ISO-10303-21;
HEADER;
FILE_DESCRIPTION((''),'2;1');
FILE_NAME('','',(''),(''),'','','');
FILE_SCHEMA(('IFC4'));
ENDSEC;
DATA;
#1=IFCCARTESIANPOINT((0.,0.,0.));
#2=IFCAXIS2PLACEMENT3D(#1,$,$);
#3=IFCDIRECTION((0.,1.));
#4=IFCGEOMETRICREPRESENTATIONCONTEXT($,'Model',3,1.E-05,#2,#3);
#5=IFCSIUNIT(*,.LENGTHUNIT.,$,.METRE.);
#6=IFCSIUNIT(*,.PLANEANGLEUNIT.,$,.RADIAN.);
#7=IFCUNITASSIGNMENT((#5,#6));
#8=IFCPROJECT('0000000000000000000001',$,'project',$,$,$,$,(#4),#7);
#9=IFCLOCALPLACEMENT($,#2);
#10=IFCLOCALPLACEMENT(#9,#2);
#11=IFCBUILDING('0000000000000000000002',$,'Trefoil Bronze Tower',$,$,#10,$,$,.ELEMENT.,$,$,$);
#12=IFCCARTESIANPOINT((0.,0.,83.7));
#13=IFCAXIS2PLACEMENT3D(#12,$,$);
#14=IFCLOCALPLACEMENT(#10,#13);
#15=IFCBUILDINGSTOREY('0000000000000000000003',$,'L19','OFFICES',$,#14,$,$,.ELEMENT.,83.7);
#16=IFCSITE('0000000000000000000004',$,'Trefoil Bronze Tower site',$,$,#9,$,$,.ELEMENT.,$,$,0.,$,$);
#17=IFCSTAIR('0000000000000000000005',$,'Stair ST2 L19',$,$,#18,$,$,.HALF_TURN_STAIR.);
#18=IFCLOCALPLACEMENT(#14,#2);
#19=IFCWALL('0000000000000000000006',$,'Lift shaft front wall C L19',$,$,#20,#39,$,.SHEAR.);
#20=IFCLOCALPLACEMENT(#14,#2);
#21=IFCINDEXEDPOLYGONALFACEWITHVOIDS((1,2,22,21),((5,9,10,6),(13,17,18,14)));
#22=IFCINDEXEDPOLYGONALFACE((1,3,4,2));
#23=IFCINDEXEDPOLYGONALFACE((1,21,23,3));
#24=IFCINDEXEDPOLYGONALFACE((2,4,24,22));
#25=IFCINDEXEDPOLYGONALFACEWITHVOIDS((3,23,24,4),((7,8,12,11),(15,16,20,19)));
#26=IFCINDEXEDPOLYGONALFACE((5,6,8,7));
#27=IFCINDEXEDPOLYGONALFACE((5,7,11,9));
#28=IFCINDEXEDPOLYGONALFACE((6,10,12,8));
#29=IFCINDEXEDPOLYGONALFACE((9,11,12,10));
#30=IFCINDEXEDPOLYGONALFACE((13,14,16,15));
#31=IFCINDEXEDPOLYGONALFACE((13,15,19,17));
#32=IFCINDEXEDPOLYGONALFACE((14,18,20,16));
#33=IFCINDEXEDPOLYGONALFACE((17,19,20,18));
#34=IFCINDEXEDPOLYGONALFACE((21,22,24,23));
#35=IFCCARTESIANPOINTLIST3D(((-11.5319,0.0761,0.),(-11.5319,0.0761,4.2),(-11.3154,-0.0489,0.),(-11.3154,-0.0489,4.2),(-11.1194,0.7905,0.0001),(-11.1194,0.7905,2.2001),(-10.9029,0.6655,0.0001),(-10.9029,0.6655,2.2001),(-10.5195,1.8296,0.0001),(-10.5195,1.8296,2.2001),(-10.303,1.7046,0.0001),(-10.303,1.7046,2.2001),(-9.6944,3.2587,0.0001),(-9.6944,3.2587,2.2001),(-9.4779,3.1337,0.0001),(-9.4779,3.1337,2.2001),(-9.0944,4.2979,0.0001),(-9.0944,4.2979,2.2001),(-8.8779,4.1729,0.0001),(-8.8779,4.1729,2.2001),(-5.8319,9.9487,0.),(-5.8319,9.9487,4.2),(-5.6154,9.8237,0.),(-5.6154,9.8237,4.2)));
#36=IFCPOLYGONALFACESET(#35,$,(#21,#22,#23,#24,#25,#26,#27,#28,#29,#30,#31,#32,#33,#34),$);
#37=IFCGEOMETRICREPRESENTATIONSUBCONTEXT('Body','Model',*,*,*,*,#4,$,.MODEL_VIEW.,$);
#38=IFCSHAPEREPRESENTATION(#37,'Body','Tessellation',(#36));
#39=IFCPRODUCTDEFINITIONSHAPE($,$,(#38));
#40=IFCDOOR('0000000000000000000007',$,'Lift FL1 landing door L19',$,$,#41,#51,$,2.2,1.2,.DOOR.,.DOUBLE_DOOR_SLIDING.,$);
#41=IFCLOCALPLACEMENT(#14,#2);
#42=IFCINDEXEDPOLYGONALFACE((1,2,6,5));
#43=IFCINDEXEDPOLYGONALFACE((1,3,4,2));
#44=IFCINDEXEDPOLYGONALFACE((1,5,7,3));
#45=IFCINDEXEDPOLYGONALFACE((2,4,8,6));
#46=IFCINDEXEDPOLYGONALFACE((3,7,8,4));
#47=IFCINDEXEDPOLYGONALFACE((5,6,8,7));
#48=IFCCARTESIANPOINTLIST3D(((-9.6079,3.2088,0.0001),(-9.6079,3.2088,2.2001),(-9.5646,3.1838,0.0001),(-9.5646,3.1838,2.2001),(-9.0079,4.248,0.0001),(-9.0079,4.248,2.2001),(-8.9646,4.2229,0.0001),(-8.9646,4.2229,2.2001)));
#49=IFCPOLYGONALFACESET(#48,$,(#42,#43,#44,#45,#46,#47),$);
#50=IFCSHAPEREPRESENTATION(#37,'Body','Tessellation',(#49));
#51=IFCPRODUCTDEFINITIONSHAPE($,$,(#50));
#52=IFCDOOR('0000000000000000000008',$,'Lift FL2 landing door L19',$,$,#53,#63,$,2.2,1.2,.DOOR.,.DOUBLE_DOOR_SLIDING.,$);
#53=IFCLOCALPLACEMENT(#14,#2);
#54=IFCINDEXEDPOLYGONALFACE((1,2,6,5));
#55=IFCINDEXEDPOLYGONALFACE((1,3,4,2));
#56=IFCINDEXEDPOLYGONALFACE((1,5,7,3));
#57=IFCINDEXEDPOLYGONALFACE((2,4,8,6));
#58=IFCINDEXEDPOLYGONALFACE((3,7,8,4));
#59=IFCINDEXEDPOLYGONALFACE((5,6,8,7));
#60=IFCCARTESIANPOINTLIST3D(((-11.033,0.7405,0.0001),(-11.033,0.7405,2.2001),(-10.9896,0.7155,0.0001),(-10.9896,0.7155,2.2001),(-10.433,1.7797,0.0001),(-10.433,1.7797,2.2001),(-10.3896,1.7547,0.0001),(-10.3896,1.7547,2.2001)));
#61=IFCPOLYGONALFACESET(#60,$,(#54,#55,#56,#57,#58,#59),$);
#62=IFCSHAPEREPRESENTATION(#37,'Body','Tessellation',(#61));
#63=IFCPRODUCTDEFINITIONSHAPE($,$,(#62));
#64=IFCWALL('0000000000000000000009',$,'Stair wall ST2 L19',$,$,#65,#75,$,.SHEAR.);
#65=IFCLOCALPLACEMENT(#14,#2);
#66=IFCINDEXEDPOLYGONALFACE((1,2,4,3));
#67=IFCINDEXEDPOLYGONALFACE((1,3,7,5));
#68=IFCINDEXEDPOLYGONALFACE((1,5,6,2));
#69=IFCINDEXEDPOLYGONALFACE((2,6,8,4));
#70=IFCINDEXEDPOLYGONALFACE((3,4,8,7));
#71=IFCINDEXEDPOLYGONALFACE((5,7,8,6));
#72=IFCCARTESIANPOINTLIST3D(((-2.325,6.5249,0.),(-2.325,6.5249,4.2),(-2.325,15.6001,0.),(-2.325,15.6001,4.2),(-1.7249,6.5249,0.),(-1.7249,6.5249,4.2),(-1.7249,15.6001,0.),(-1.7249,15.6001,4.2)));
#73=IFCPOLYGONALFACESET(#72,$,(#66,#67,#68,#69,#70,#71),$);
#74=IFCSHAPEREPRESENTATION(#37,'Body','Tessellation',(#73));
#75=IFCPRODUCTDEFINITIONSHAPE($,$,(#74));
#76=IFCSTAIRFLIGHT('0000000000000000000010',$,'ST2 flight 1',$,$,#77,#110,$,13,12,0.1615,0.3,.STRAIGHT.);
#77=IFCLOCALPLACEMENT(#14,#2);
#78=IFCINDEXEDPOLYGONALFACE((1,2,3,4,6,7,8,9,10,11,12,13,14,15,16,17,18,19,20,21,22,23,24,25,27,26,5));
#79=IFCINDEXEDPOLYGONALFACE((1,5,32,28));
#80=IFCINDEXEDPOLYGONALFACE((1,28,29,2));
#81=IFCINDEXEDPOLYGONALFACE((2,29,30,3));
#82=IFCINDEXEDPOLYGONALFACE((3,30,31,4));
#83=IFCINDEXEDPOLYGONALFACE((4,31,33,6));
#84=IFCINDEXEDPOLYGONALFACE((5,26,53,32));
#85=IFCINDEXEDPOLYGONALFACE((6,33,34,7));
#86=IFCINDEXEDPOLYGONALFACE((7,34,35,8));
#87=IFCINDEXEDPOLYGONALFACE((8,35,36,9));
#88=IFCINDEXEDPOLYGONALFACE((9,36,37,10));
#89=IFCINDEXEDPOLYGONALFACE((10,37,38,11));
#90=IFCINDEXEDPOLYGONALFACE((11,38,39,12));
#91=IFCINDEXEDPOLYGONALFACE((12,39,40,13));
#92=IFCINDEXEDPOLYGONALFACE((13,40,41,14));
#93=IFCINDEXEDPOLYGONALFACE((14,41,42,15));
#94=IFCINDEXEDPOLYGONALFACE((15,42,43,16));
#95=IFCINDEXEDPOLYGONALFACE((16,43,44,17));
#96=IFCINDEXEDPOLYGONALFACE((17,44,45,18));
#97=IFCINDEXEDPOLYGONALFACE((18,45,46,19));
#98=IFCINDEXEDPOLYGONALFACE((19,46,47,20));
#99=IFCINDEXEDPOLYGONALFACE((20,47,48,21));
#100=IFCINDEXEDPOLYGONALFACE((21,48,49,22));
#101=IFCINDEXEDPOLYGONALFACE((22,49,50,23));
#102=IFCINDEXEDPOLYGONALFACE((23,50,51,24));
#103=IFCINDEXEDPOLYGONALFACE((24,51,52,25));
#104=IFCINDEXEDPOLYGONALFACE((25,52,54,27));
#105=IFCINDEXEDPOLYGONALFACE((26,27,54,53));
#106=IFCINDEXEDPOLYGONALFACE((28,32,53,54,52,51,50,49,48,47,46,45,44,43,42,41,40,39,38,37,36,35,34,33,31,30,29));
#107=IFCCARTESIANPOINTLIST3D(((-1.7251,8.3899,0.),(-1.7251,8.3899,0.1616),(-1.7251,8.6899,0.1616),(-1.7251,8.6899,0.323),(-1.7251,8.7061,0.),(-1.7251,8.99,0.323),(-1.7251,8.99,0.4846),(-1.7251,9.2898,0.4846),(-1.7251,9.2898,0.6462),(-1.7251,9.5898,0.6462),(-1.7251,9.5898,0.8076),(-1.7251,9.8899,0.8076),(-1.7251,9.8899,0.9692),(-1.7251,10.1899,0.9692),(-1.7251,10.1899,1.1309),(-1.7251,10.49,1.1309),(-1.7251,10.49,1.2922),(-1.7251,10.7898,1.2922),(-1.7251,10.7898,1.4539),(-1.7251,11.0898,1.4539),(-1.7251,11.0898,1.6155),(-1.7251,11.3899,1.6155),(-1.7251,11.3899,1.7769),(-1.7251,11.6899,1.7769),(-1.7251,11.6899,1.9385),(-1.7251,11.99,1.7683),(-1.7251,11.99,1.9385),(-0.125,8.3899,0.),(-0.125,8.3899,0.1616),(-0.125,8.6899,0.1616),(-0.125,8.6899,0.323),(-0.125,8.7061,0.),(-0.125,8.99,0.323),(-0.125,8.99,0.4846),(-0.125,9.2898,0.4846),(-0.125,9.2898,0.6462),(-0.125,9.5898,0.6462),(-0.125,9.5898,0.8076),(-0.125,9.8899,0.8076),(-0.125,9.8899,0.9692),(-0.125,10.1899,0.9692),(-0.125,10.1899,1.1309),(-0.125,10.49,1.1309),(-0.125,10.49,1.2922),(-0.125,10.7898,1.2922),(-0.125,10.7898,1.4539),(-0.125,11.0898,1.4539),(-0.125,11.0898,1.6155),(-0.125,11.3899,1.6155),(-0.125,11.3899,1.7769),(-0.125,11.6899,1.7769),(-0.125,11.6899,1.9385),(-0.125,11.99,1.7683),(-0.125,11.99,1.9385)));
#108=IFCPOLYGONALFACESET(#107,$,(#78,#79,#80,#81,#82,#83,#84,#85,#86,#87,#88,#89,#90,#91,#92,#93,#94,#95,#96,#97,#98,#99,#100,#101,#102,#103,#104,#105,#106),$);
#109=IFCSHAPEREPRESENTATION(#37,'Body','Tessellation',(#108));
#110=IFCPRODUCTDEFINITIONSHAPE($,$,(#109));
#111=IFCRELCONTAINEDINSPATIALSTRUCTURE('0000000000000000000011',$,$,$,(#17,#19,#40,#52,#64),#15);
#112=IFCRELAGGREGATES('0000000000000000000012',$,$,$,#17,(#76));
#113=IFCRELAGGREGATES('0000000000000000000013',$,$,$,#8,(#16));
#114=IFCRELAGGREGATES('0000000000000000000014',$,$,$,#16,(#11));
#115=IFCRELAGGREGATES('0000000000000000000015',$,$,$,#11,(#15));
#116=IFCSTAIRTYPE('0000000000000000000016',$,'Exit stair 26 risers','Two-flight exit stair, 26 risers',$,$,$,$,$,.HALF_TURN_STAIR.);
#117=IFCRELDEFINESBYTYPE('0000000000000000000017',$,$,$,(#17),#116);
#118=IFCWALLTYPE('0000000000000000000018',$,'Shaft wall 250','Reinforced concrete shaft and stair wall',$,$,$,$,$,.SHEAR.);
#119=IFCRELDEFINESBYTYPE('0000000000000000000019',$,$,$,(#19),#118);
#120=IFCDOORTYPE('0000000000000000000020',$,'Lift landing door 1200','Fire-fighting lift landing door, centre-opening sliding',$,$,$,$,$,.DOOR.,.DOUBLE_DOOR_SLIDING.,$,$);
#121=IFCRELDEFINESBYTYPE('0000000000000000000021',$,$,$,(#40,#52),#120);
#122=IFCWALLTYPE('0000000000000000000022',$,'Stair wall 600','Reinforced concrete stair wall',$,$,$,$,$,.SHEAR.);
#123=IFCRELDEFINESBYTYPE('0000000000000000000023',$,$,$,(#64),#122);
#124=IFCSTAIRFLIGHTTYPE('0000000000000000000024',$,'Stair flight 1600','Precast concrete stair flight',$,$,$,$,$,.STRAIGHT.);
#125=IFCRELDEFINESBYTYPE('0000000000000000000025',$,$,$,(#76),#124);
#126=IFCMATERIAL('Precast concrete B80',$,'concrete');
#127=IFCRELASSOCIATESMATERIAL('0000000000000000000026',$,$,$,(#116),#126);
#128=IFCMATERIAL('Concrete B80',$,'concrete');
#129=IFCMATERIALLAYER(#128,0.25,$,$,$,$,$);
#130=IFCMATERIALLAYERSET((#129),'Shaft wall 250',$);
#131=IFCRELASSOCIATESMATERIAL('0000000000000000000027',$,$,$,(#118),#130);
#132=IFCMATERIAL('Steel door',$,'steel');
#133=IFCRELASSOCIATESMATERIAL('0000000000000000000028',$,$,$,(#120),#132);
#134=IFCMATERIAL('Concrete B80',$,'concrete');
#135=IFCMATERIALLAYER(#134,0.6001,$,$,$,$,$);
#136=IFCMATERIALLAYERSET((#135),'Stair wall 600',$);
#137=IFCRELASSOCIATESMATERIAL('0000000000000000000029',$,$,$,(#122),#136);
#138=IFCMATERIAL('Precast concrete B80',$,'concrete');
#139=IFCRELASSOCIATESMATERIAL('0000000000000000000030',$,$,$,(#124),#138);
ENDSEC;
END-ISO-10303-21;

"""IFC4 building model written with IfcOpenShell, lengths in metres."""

from ifc_helpers import new_model, si_unit, direction, frame, frame_2d, origin, place, context, subcontext, project, spatial, polyline, rectangle, outline, extrude, material, layer, layer_set, type_object, element, fill, aggregate, save


model = new_model("IFC4")

# Units and contexts
model_context = context("Model", 3, precision=1e-05, world=origin(), true_north=direction((0.0, 1.0)))
body_context = subcontext(model_context, "Body", "Model", "MODEL_VIEW")
ifc_project = project(units=[si_unit("LENGTHUNIT", "METRE"), si_unit("PLANEANGLEUNIT", "RADIAN")], contexts=[model_context])

# Site, building, storey
site_placement = place(None, origin())
site = spatial("IfcSite", under=ifc_project, at=site_placement, Name="Trefoil Bronze Tower site", CompositionType="ELEMENT", RefElevation=0.0)
building_placement = place(site_placement, origin())
building = spatial("IfcBuilding", under=site, at=building_placement, Name="Trefoil Bronze Tower", CompositionType="ELEMENT")
storey_placement = place(building_placement, frame((0.0, 0.0, 83.7)))
storey = spatial("IfcBuildingStorey", under=building, at=storey_placement, Name="L19", Description="OFFICES", CompositionType="ELEMENT", Elevation=83.7)

# Stair
ifc_material_1 = material(Name="Precast concrete B80", Category="concrete")
stair_type = type_object("IfcStairType", Name="Exit stair 26 risers", Description="Two-flight exit stair, 26 risers", PredefinedType="HALF_TURN_STAIR", material=ifc_material_1)
stair_1_placement = place(storey_placement, origin())
stair_1 = element("IfcStair", 1, at=stair_1_placement, inside=storey, type_object=stair_type, Name="Stair ST2 L19", PredefinedType="HALF_TURN_STAIR")

# Wall, openings, doors
ifc_material_2 = material(Name="Concrete B80", Category="concrete")
ifc_layer_1 = layer(ifc_material_2, 0.25)
ifc_layer_set_1 = layer_set([ifc_layer_1], Name="Shaft wall 250")
wall_type_1 = type_object("IfcWallType", Name="Shaft wall 250", Description="Reinforced concrete shaft and stair wall", PredefinedType="SHEAR", material=ifc_layer_set_1)
wall_1_placement = place(storey_placement, frame((-5.7236, 9.8862, 0.0), z_axis=(0.0, 0.0, 1.0), x_axis=(-0.500002, -0.866024, 0.0)))
wall_1 = element("IfcWall", 2, at=wall_1_placement, inside=storey, type_object=wall_type_1, Name="Lift shaft front wall C L19", PredefinedType="SHEAR", context=body_context, shape_type="SweptSolid", body=[
    extrude(rectangle(XDim=11.3999, YDim=0.25, at=frame_2d((5.7, 0.0))), origin(), (0.0, 0.0, 1.0), 4.2),
])
opening_1_placement = place(wall_1_placement, frame((6.5249, 0.0, 0.0)))
opening_1 = element("IfcOpeningElement", 3, at=opening_1_placement, cuts=wall_1, PredefinedType="OPENING", context=body_context, shape_type="SweptSolid", body=[
    extrude(rectangle(XDim=1.2, YDim=2.2, at=frame_2d((0.6001, 1.1001))), frame((0.0, 0.135, 0.0), z_axis=(0.0, -1.0, 0.0), x_axis=(1.0, 0.0, 0.0)), (0.0, 0.0, 1.0), 0.27),
])
opening_2_placement = place(wall_1_placement, frame((9.375, 0.0, 0.0)))
opening_2 = element("IfcOpeningElement", 4, at=opening_2_placement, cuts=wall_1, PredefinedType="OPENING", context=body_context, shape_type="SweptSolid", body=[
    extrude(rectangle(XDim=1.2, YDim=2.2, at=frame_2d((0.6001, 1.1001))), frame((0.0, 0.135, 0.0), z_axis=(0.0, -1.0, 0.0), x_axis=(1.0, 0.0, 0.0)), (0.0, 0.0, 1.0), 0.27),
])
ifc_material_3 = material(Name="Steel door", Category="steel")
door_type_1 = type_object("IfcDoorType", Name="Lift landing door 1200", Description="Fire-fighting lift landing door, centre-opening sliding", OperationType="DOUBLE_DOOR_SLIDING", PredefinedType="DOOR", material=ifc_material_3)
door_1_placement = place(opening_1_placement, origin())
door_1 = element("IfcDoor", 5, at=door_1_placement, inside=storey, type_object=door_type_1, Name="Lift FL1 landing door L19", OperationType="DOUBLE_DOOR_SLIDING", OverallHeight=2.2, OverallWidth=1.2, PredefinedType="DOOR", context=body_context, shape_type="SweptSolid", body=[
    extrude(rectangle(XDim=1.2, YDim=2.2, at=frame_2d((0.6001, 1.1001))), frame((0.0, 0.0249, 0.0), z_axis=(0.0, -1.0, 0.0), x_axis=(1.0, 0.0, 0.0)), (0.0, 0.0, 1.0), 0.05),
])
fill(opening_1, door_1)
door_2_placement = place(opening_2_placement, origin())
door_2 = element("IfcDoor", 6, at=door_2_placement, inside=storey, type_object=door_type_1, Name="Lift FL2 landing door L19", OperationType="DOUBLE_DOOR_SLIDING", OverallHeight=2.2, OverallWidth=1.2, PredefinedType="DOOR", context=body_context, shape_type="SweptSolid", body=[
    extrude(rectangle(XDim=1.2, YDim=2.2, at=frame_2d((0.6001, 1.1001))), frame((0.0, 0.0249, 0.0), z_axis=(0.0, -1.0, 0.0), x_axis=(1.0, 0.0, 0.0)), (0.0, 0.0, 1.0), 0.05),
])
fill(opening_2, door_2)

# Wall
ifc_material_4 = material(Name="Concrete B80", Category="concrete")
ifc_layer_2 = layer(ifc_material_4, 0.6001)
ifc_layer_set_2 = layer_set([ifc_layer_2], Name="Stair wall 600")
wall_type_2 = type_object("IfcWallType", Name="Stair wall 600", Description="Reinforced concrete stair wall", PredefinedType="SHEAR", material=ifc_layer_set_2)
wall_2_placement = place(storey_placement, frame((-2.0249, 6.5249, 0.0), z_axis=(0.0, 0.0, 1.0), x_axis=(0.0, 1.0, 0.0)))
element("IfcWall", 7, at=wall_2_placement, inside=storey, type_object=wall_type_2, Name="Stair wall ST2 L19", PredefinedType="SHEAR", context=body_context, shape_type="SweptSolid", body=[
    extrude(rectangle(XDim=9.0752, YDim=0.6001, at=frame_2d((4.5376, 0.0))), origin(), (0.0, 0.0, 1.0), 4.2),
])

# Stair flight
ifc_material_5 = material(Name="Precast concrete B80", Category="concrete")
stair_flight_type = type_object("IfcStairFlightType", Name="Stair flight 1600", Description="Precast concrete stair flight", PredefinedType="STRAIGHT", material=ifc_material_5)
stair_flight_placement = place(storey_placement, frame((-0.925, 8.3899, 0.0), z_axis=(0.0, 0.0, 1.0), x_axis=(0.0, 1.0, 0.0)))
stair_flight = element("IfcStairFlight", 8, at=stair_flight_placement, type_object=stair_flight_type, Name="ST2 flight 1", NumberOfRisers=13, NumberOfTreads=12, PredefinedType="STRAIGHT", RiserHeight=0.1615, TreadLength=0.3, context=body_context, shape_type="SweptSolid", body=[
    extrude(outline(polyline([(0.0, 0.0), (0.0, 0.1616), (0.3, 0.1616), (0.3, 0.323), (0.6001, 0.323), (0.6001, 0.4846), (0.8999, 0.4846), (0.8999, 0.6462), (1.2, 0.6462), (1.2, 0.8076), (1.5, 0.8076), (1.5, 0.9692), (1.8, 0.9692), (1.8, 1.1309), (2.1001, 1.1309), (2.1001, 1.2922), (2.3999, 1.2922), (2.3999, 1.4539), (2.7, 1.4539), (2.7, 1.6155), (3.0, 1.6155), (3.0, 1.7769), (3.3, 1.7769), (3.3, 1.9385), (3.6001, 1.9385), (3.6001, 2.1001), (3.6001, 1.7683), (0.3162, 0.0), (0.0, 0.0)])), frame((0.0, 0.8, 0.0), z_axis=(0.0, -1.0, 0.0), x_axis=(1.0, 0.0, 0.0)), (0.0, 0.0, 1.0), 1.6001),
])
aggregate(stair_1, [stair_flight])

save(model, "model.ifc")
